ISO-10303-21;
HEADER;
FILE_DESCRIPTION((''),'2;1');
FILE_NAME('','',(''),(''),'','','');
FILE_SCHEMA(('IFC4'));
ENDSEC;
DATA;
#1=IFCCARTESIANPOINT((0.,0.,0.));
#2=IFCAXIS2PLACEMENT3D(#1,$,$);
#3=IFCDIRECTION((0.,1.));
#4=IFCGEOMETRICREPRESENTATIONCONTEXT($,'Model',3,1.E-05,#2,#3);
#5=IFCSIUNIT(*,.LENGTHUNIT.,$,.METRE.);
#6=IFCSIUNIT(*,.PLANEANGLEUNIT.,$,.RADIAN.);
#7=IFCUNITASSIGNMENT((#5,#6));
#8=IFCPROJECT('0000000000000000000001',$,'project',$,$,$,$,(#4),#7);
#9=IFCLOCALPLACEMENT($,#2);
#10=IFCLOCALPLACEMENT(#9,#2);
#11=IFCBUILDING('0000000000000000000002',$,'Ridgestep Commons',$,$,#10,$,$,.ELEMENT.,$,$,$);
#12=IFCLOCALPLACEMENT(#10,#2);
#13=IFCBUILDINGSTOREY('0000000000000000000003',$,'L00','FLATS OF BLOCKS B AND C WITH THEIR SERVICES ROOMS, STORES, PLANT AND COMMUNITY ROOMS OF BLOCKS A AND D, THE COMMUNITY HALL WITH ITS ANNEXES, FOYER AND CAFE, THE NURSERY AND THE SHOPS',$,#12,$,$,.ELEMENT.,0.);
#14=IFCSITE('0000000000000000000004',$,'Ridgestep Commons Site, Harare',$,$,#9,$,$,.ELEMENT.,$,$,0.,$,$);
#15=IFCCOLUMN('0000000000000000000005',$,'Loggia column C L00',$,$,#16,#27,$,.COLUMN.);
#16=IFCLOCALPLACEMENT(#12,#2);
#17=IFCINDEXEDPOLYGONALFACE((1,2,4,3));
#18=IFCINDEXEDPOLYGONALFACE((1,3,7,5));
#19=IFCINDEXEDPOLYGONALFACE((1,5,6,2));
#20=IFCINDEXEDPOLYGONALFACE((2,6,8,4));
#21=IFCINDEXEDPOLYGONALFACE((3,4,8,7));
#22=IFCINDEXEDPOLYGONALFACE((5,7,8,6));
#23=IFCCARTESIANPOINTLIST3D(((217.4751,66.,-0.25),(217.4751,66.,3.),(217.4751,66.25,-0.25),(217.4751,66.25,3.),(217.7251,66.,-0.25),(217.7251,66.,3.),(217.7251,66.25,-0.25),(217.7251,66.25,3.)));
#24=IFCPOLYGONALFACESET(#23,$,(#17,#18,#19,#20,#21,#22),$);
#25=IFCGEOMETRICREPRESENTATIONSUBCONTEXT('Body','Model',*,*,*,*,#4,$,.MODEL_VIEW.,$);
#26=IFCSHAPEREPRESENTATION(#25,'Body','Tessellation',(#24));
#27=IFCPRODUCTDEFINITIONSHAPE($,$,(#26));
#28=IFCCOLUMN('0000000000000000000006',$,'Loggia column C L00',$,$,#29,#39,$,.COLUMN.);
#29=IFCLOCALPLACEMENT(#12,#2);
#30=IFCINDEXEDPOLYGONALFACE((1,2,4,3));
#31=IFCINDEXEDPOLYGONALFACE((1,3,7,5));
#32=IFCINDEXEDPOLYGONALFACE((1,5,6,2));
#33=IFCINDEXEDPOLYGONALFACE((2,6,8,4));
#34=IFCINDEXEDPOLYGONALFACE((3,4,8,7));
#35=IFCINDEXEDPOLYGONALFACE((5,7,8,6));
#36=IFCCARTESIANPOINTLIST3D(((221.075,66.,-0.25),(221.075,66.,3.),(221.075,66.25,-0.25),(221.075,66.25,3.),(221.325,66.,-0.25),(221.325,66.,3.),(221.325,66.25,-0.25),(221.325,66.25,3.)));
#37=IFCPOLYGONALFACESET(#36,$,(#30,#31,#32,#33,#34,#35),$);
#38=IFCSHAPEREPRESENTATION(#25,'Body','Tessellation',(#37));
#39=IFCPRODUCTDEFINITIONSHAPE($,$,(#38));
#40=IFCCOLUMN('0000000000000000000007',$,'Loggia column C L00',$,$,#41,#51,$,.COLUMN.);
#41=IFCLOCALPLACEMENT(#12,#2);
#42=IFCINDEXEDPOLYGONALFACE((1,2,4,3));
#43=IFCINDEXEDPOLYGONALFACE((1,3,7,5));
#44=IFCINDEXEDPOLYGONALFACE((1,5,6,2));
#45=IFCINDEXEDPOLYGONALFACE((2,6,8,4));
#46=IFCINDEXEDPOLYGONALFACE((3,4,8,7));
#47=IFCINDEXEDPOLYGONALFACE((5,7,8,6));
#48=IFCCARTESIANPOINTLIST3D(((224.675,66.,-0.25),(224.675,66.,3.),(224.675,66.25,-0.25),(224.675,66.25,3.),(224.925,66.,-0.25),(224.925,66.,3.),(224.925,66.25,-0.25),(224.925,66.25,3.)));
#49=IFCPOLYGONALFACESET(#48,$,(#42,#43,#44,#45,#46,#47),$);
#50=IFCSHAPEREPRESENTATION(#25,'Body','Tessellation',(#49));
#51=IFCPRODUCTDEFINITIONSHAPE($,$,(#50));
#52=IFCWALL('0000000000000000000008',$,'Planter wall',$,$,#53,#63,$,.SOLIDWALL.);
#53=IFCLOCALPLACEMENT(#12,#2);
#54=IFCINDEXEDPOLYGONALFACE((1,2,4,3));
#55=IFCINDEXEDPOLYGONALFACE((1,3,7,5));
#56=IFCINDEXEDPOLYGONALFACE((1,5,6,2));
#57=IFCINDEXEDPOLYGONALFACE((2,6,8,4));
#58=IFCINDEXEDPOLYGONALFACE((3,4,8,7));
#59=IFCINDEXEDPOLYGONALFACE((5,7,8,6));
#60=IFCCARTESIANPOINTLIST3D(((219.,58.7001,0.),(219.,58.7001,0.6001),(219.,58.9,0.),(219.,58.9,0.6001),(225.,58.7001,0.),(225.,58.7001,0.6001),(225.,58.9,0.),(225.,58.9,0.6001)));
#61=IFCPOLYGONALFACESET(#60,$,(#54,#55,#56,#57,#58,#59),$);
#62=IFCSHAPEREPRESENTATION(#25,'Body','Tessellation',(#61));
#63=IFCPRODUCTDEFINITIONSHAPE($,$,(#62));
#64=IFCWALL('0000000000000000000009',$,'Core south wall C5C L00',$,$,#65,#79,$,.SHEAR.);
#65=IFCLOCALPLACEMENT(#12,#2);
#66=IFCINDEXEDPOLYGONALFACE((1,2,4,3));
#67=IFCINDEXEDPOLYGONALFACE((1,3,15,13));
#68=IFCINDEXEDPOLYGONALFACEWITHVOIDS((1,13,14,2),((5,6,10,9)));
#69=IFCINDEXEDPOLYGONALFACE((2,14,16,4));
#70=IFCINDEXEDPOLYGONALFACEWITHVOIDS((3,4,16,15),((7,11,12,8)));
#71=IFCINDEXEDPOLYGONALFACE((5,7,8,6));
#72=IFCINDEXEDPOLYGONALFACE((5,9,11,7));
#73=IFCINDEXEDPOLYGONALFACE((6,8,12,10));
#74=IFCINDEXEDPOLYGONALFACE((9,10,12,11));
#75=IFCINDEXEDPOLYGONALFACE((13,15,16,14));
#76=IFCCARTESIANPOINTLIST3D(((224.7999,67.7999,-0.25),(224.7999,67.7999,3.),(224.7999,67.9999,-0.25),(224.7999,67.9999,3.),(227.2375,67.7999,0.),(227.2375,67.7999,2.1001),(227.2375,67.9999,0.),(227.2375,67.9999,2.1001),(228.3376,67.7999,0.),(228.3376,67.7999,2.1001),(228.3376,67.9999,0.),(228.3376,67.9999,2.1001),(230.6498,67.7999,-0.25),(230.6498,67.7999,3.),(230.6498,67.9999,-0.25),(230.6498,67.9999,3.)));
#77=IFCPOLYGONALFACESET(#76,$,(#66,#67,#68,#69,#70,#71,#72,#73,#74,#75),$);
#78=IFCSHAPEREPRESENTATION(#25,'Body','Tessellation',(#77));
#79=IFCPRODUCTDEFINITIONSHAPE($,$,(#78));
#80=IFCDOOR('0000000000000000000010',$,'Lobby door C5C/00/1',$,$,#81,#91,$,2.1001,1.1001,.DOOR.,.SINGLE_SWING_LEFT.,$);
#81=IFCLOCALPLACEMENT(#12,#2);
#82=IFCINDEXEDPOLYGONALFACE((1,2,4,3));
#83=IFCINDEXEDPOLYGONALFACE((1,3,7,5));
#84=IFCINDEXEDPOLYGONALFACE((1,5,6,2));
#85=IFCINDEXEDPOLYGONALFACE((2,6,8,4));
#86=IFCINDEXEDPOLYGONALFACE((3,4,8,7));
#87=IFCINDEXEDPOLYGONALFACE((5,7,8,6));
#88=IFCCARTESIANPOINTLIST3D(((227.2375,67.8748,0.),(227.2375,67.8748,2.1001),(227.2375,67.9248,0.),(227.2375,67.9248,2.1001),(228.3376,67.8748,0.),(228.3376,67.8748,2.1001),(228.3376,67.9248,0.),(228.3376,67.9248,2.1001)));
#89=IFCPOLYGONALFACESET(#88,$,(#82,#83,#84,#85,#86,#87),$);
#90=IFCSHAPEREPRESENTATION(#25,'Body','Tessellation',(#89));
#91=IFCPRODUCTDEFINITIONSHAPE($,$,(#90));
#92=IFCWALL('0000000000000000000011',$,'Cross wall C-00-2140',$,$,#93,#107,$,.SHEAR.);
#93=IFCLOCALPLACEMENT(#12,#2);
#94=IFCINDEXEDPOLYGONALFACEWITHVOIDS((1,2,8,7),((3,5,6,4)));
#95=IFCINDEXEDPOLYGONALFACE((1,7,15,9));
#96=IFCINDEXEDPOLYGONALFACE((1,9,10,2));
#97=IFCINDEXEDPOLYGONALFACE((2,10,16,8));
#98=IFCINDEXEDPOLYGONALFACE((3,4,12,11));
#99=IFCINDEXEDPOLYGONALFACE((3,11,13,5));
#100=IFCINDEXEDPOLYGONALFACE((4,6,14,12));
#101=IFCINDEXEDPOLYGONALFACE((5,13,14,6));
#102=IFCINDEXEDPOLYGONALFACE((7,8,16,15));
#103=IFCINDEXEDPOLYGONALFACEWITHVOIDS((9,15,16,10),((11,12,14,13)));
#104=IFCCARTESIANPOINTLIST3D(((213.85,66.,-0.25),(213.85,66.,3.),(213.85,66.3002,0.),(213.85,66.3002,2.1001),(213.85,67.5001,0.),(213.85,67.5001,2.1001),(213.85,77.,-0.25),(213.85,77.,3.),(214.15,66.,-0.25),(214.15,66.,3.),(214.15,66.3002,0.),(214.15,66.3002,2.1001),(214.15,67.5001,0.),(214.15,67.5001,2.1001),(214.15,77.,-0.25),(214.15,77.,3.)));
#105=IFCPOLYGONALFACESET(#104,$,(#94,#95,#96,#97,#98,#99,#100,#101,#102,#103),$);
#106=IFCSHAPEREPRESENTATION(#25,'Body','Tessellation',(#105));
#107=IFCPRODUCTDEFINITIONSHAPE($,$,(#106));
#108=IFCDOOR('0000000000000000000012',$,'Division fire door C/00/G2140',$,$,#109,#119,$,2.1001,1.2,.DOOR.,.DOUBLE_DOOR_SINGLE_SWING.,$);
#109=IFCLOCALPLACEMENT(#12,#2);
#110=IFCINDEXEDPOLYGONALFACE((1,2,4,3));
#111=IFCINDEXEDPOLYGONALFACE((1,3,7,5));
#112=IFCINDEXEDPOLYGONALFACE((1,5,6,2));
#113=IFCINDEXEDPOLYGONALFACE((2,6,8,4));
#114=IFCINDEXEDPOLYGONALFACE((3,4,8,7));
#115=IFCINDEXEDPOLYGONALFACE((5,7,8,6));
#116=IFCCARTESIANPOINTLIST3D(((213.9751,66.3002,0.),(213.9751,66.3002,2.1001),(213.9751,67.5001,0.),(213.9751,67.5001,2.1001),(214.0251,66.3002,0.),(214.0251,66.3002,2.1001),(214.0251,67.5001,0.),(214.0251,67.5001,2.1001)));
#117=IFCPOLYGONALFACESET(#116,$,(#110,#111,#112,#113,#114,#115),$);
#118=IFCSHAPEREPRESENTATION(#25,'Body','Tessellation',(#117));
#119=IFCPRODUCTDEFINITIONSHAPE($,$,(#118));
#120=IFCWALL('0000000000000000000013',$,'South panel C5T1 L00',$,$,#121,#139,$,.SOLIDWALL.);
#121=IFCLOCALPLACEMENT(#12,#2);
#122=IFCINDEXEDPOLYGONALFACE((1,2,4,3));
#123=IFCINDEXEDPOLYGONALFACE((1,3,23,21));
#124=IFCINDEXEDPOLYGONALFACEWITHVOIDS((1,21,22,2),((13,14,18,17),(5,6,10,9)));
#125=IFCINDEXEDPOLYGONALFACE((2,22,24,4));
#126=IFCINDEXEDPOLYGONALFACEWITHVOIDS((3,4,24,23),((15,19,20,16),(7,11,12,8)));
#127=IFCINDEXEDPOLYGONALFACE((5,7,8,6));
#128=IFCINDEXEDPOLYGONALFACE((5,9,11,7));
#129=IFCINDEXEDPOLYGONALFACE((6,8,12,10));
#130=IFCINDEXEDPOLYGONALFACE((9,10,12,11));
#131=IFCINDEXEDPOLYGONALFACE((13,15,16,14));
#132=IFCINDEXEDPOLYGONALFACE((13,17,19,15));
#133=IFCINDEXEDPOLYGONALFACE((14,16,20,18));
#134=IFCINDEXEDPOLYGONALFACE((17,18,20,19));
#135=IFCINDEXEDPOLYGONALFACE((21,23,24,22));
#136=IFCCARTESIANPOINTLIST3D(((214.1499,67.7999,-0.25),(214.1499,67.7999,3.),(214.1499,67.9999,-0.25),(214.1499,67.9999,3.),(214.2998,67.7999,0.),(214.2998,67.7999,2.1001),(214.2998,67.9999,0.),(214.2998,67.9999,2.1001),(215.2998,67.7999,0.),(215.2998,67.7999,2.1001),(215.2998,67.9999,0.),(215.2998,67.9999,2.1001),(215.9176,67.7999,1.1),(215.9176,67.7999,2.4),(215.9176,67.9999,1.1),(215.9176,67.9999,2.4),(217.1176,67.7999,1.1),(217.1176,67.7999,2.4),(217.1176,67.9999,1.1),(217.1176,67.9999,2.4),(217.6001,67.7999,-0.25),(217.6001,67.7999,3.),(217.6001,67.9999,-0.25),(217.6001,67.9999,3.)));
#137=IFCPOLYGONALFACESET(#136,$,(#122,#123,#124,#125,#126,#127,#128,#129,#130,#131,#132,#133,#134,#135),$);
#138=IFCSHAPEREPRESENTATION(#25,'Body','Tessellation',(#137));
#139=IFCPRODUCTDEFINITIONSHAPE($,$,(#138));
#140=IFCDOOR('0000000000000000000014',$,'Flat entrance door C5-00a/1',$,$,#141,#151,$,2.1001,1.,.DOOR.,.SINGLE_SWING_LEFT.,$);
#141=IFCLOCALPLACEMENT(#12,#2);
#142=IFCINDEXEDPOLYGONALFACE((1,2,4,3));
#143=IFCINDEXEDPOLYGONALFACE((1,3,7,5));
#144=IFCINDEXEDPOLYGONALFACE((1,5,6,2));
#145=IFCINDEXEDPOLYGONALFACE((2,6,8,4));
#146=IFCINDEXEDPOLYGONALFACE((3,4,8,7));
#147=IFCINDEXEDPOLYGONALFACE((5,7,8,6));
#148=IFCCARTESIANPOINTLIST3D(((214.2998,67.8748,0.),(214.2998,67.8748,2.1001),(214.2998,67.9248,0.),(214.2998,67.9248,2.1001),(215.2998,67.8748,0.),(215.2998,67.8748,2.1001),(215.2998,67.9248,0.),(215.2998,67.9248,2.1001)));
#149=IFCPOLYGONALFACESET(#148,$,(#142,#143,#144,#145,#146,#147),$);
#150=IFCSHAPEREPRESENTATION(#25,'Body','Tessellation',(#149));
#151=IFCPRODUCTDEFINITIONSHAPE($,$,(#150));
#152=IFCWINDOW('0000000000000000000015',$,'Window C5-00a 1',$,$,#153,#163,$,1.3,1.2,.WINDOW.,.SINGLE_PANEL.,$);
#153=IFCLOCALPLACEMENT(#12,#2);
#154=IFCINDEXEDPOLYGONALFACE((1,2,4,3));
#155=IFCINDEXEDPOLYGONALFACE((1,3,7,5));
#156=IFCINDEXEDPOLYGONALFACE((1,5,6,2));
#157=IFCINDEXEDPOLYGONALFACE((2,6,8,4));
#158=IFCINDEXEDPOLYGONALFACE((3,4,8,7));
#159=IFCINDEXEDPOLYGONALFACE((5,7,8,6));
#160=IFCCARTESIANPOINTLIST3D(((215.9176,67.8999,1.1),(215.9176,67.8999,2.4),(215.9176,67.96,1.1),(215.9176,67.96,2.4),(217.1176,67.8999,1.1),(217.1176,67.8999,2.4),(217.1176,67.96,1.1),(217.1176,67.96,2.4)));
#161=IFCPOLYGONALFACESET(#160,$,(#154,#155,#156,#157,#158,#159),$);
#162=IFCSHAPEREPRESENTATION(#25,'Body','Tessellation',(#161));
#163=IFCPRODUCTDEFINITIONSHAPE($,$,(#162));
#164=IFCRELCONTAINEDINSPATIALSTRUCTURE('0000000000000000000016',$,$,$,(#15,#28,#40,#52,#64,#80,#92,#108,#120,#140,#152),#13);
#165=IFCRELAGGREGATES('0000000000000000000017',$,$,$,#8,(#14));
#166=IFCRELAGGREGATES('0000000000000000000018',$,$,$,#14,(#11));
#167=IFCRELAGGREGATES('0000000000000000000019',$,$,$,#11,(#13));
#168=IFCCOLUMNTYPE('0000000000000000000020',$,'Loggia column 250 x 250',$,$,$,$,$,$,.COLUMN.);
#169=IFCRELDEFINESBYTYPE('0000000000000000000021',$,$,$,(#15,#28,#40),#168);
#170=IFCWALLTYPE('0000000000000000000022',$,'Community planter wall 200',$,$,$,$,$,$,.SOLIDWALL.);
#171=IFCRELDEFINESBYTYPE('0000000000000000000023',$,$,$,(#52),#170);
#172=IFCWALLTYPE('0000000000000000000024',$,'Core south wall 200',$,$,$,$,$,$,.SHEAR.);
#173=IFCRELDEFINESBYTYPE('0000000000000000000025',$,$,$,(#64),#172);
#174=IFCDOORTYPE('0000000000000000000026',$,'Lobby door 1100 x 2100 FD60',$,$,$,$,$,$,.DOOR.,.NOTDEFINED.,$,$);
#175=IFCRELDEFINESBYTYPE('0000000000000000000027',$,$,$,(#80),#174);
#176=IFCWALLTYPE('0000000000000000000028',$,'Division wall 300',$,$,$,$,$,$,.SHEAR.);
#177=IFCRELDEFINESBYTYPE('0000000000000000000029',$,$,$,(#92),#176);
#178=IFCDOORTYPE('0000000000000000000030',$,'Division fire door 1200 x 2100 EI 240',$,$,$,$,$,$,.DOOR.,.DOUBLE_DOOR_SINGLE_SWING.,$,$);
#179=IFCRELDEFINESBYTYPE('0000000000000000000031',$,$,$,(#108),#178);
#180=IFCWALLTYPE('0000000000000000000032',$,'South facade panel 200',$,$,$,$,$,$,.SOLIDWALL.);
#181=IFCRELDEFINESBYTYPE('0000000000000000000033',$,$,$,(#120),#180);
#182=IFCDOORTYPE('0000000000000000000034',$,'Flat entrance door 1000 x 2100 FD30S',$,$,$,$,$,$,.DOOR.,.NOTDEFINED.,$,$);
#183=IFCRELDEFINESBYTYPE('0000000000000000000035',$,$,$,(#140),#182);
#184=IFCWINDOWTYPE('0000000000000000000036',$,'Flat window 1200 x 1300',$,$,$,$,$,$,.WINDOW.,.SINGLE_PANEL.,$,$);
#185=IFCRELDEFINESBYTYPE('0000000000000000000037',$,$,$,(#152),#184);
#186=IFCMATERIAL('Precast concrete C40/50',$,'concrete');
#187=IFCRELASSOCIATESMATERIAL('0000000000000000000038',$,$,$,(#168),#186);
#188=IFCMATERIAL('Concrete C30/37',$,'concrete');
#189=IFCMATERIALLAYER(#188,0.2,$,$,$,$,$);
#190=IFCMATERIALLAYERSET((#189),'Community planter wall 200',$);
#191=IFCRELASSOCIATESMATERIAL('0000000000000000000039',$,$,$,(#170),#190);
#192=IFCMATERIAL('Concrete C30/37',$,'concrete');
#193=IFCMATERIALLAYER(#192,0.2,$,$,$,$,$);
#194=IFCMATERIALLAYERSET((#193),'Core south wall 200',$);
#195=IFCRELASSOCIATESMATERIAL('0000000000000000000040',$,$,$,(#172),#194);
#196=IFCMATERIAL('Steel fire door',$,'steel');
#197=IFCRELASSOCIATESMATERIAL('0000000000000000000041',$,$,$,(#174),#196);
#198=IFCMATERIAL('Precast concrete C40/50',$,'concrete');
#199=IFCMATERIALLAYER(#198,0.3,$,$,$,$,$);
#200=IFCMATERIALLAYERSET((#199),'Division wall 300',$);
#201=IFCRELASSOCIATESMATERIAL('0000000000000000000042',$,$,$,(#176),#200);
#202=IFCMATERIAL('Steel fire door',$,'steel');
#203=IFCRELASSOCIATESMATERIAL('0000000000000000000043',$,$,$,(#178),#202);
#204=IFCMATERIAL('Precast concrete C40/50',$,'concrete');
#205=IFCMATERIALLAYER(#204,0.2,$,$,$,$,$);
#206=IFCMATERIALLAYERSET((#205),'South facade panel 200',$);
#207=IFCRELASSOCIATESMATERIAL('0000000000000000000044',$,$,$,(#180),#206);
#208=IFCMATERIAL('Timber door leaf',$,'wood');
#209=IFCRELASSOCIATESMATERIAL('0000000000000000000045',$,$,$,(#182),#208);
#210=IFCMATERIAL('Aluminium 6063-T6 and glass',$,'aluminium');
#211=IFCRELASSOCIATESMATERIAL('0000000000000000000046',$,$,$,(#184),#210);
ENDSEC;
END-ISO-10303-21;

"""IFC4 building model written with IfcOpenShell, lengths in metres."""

from ifc_helpers import new_model, si_unit, direction, frame, frame_2d, origin, origin_2d, place, context, subcontext, project, spatial, rectangle, extrude, material, layer, layer_set, material_profile, profile_set, type_object, element, fill, save


model = new_model("IFC4")

# Units and contexts
model_context = context("Model", 3, precision=1e-05, world=origin(), true_north=direction((0.0, 1.0)))
body_context = subcontext(model_context, "Body", "Model", "MODEL_VIEW")
ifc_project = project(units=[si_unit("LENGTHUNIT", "METRE"), si_unit("PLANEANGLEUNIT", "RADIAN")], contexts=[model_context])

# Site, building, storey
site_placement = place(None, origin())
site = spatial("IfcSite", under=ifc_project, at=site_placement, Name="Ridgestep Commons Site, Harare", CompositionType="ELEMENT", RefElevation=0.0)
building_placement = place(site_placement, origin())
building = spatial("IfcBuilding", under=site, at=building_placement, Name="Ridgestep Commons", CompositionType="ELEMENT")
storey_placement = place(building_placement, origin())
storey = spatial("IfcBuildingStorey", under=building, at=storey_placement, Name="L00", Description="FLATS OF BLOCKS B AND C WITH THEIR SERVICES ROOMS, STORES, PLANT AND COMMUNITY ROOMS OF BLOCKS A AND D, THE COMMUNITY HALL WITH ITS ANNEXES, FOYER AND CAFE, THE NURSERY AND THE SHOPS", CompositionType="ELEMENT", Elevation=0.0)

# Columns
ifc_material_1 = material(Name="Precast concrete C40/50", Category="concrete")
ifc_material_profile = material_profile(ifc_material_1, rectangle(XDim=0.25, YDim=0.25, at=origin_2d()), Name="PC 250x250")
ifc_profile_set = profile_set([ifc_material_profile], Name="Precast concrete C40/50")
column_type = type_object("IfcColumnType", Name="Loggia column 250 x 250", PredefinedType="COLUMN", material=ifc_profile_set)
for number, where, z_axis, x_axis, name in (
    (1, (217.6001, 66.125, -0.25), (0.0, 0.0, 1.0), (1.0, 0.0, 0.0), "Loggia column C L00"),
    (2, (221.2, 66.125, -0.25), (0.0, 0.0, 1.0), (1.0, 0.0, 0.0), "Loggia column C L00"),
    (3, (224.8, 66.125, -0.25), (0.0, 0.0, 1.0), (1.0, 0.0, 0.0), "Loggia column C L00"),
):
    element("IfcColumn", number, at=place(storey_placement, frame(where, z_axis=z_axis, x_axis=x_axis)), inside=storey, type_object=column_type, Name=name, PredefinedType="COLUMN", context=body_context, shape_type="SweptSolid", body=[
        extrude(rectangle(XDim=0.25, YDim=0.25, at=origin_2d()), origin(), (0.0, 0.0, 1.0), 3.25),
    ])

# Wall
ifc_material_2 = material(Name="Concrete C30/37", Category="concrete")
ifc_layer_1 = layer(ifc_material_2, 0.2)
ifc_layer_set_1 = layer_set([ifc_layer_1], Name="Community planter wall 200")
wall_type_1 = type_object("IfcWallType", Name="Community planter wall 200", PredefinedType="SOLIDWALL", material=ifc_layer_set_1)
wall_1_placement = place(storey_placement, frame((219.0, 58.8, 0.0), z_axis=(0.0, 0.0, 1.0), x_axis=(1.0, 0.0, 0.0)))
element("IfcWall", 4, at=wall_1_placement, inside=storey, type_object=wall_type_1, Name="Planter wall", PredefinedType="SOLIDWALL", context=body_context, shape_type="SweptSolid", body=[
    extrude(rectangle(XDim=6.0, YDim=0.2, at=frame_2d((3.0, 0.0))), origin(), (0.0, 0.0, 1.0), 0.6001),
])

# Walls, openings, doors
ifc_material_3 = material(Name="Concrete C30/37", Category="concrete")
ifc_layer_2 = layer(ifc_material_3, 0.2)
ifc_layer_set_2 = layer_set([ifc_layer_2], Name="Core south wall 200")
wall_type_2 = type_object("IfcWallType", Name="Core south wall 200", PredefinedType="SHEAR", material=ifc_layer_set_2)
wall_2_placement = place(storey_placement, frame((224.8, 67.8999, -0.25), z_axis=(0.0, 0.0, 1.0), x_axis=(1.0, 0.0, 0.0)))
wall_2 = element("IfcWall", 5, at=wall_2_placement, inside=storey, type_object=wall_type_2, Name="Core south wall C5C L00", PredefinedType="SHEAR", context=body_context, shape_type="SweptSolid", body=[
    extrude(rectangle(XDim=5.8499, YDim=0.2, at=frame_2d((2.9248, 0.0))), origin(), (0.0, 0.0, 1.0), 3.25),
])
opening_1_placement = place(wall_2_placement, frame((2.4375, 0.0, 0.25)))
opening_1 = element("IfcOpeningElement", 6, at=opening_1_placement, cuts=wall_2, PredefinedType="OPENING", context=body_context, shape_type="SweptSolid", body=[
    extrude(rectangle(XDim=1.1001, YDim=2.1001, at=frame_2d((0.55, 1.05))), frame((0.0, 0.1099, 0.0), z_axis=(0.0, -1.0, 0.0), x_axis=(1.0, 0.0, 0.0)), (0.0, 0.0, 1.0), 0.22),
])
ifc_material_4 = material(Name="Steel fire door", Category="steel")
door_type_1 = type_object("IfcDoorType", Name="Lobby door 1100 x 2100 FD60", OperationType="NOTDEFINED", PredefinedType="DOOR", material=ifc_material_4)
door_1_placement = place(opening_1_placement, origin())
door_1 = element("IfcDoor", 7, at=door_1_placement, inside=storey, type_object=door_type_1, Name="Lobby door C5C/00/1", OperationType="SINGLE_SWING_LEFT", OverallHeight=2.1001, OverallWidth=1.1001, PredefinedType="DOOR", context=body_context, shape_type="SweptSolid", body=[
    extrude(rectangle(XDim=1.1001, YDim=2.1001, at=frame_2d((0.55, 1.05))), frame((0.0, 0.0249, 0.0), z_axis=(0.0, -1.0, 0.0), x_axis=(1.0, 0.0, 0.0)), (0.0, 0.0, 1.0), 0.05),
])
fill(opening_1, door_1)
ifc_material_5 = material(Name="Precast concrete C40/50", Category="concrete")
ifc_layer_3 = layer(ifc_material_5, 0.3)
ifc_layer_set_3 = layer_set([ifc_layer_3], Name="Division wall 300")
wall_type_3 = type_object("IfcWallType", Name="Division wall 300", PredefinedType="SHEAR", material=ifc_layer_set_3)
wall_3_placement = place(storey_placement, frame((214.0, 66.0, -0.25), z_axis=(0.0, 0.0, 1.0), x_axis=(0.0, 1.0, 0.0)))
wall_3 = element("IfcWall", 8, at=wall_3_placement, inside=storey, type_object=wall_type_3, Name="Cross wall C-00-2140", PredefinedType="SHEAR", context=body_context, shape_type="SweptSolid", body=[
    extrude(rectangle(XDim=11.0, YDim=0.3, at=frame_2d((5.5, 0.0))), origin(), (0.0, 0.0, 1.0), 3.25),
])
opening_2_placement = place(wall_3_placement, frame((0.3, 0.0, 0.25)))
opening_2 = element("IfcOpeningElement", 9, at=opening_2_placement, cuts=wall_3, PredefinedType="OPENING", context=body_context, shape_type="SweptSolid", body=[
    extrude(rectangle(XDim=1.2, YDim=2.1001, at=frame_2d((0.6001, 1.05))), frame((0.0, 0.1599, 0.0), z_axis=(0.0, -1.0, 0.0), x_axis=(1.0, 0.0, 0.0)), (0.0, 0.0, 1.0), 0.3201),
])
ifc_material_6 = material(Name="Steel fire door", Category="steel")
door_type_2 = type_object("IfcDoorType", Name="Division fire door 1200 x 2100 EI 240", OperationType="DOUBLE_DOOR_SINGLE_SWING", PredefinedType="DOOR", material=ifc_material_6)
door_2_placement = place(opening_2_placement, origin())
door_2 = element("IfcDoor", 10, at=door_2_placement, inside=storey, type_object=door_type_2, Name="Division fire door C/00/G2140", OperationType="DOUBLE_DOOR_SINGLE_SWING", OverallHeight=2.1001, OverallWidth=1.2, PredefinedType="DOOR", context=body_context, shape_type="SweptSolid", body=[
    extrude(rectangle(XDim=1.2, YDim=2.1001, at=frame_2d((0.6001, 1.05))), frame((0.0, 0.0249, 0.0), z_axis=(0.0, -1.0, 0.0), x_axis=(1.0, 0.0, 0.0)), (0.0, 0.0, 1.0), 0.05),
])
fill(opening_2, door_2)

# Wall, openings, door, window
ifc_material_7 = material(Name="Precast concrete C40/50", Category="concrete")
ifc_layer_4 = layer(ifc_material_7, 0.2)
ifc_layer_set_4 = layer_set([ifc_layer_4], Name="South facade panel 200")
wall_type_4 = type_object("IfcWallType", Name="South facade panel 200", PredefinedType="SOLIDWALL", material=ifc_layer_set_4)
wall_4_placement = place(storey_placement, frame((214.1499, 67.8999, -0.25), z_axis=(0.0, 0.0, 1.0), x_axis=(1.0, 0.0, 0.0)))
wall_4 = element("IfcWall", 11, at=wall_4_placement, inside=storey, type_object=wall_type_4, Name="South panel C5T1 L00", PredefinedType="SOLIDWALL", context=body_context, shape_type="SweptSolid", body=[
    extrude(rectangle(XDim=3.4502, YDim=0.2, at=frame_2d((1.7251, 0.0))), origin(), (0.0, 0.0, 1.0), 3.25),
])
opening_3_placement = place(wall_4_placement, frame((1.7676, 0.0, 1.3501)))
opening_3 = element("IfcOpeningElement", 12, at=opening_3_placement, cuts=wall_4, PredefinedType="OPENING", context=body_context, shape_type="SweptSolid", body=[
    extrude(rectangle(XDim=1.2, YDim=1.3, at=frame_2d((0.6001, 0.6499))), frame((0.0, 0.1099, 0.0), z_axis=(0.0, -1.0, 0.0), x_axis=(1.0, 0.0, 0.0)), (0.0, 0.0, 1.0), 0.22),
])
opening_4_placement = place(wall_4_placement, frame((0.1499, 0.0, 0.25)))
opening_4 = element("IfcOpeningElement", 13, at=opening_4_placement, cuts=wall_4, PredefinedType="OPENING", context=body_context, shape_type="SweptSolid", body=[
    extrude(rectangle(XDim=1.0, YDim=2.1001, at=frame_2d((0.5, 1.05))), frame((0.0, 0.1099, 0.0), z_axis=(0.0, -1.0, 0.0), x_axis=(1.0, 0.0, 0.0)), (0.0, 0.0, 1.0), 0.22),
])
ifc_material_8 = material(Name="Timber door leaf", Category="wood")
door_type_3 = type_object("IfcDoorType", Name="Flat entrance door 1000 x 2100 FD30S", OperationType="NOTDEFINED", PredefinedType="DOOR", material=ifc_material_8)
door_3_placement = place(opening_4_placement, origin())
door_3 = element("IfcDoor", 14, at=door_3_placement, inside=storey, type_object=door_type_3, Name="Flat entrance door C5-00a/1", OperationType="SINGLE_SWING_LEFT", OverallHeight=2.1001, OverallWidth=1.0, PredefinedType="DOOR", context=body_context, shape_type="SweptSolid", body=[
    extrude(rectangle(XDim=1.0, YDim=2.1001, at=frame_2d((0.5, 1.05))), frame((0.0, 0.0249, 0.0), z_axis=(0.0, -1.0, 0.0), x_axis=(1.0, 0.0, 0.0)), (0.0, 0.0, 1.0), 0.05),
])
fill(opening_4, door_3)
ifc_material_9 = material(Name="Aluminium 6063-T6 and glass", Category="aluminium")
window_type = type_object("IfcWindowType", Name="Flat window 1200 x 1300", PartitioningType="SINGLE_PANEL", PredefinedType="WINDOW", material=ifc_material_9)
window_1_placement = place(opening_3_placement, origin())
window_1 = element("IfcWindow", 15, at=window_1_placement, inside=storey, type_object=window_type, Name="Window C5-00a 1", OverallHeight=1.3, OverallWidth=1.2, PartitioningType="SINGLE_PANEL", PredefinedType="WINDOW", context=body_context, shape_type="SweptSolid", body=[
    extrude(rectangle(XDim=1.2, YDim=1.3, at=frame_2d((0.6001, 0.6499))), frame((0.0, 0.0601, 0.0), z_axis=(0.0, -1.0, 0.0), x_axis=(1.0, 0.0, 0.0)), (0.0, 0.0, 1.0), 0.0601),
])
fill(opening_3, window_1)

save(model, "model.ifc")
